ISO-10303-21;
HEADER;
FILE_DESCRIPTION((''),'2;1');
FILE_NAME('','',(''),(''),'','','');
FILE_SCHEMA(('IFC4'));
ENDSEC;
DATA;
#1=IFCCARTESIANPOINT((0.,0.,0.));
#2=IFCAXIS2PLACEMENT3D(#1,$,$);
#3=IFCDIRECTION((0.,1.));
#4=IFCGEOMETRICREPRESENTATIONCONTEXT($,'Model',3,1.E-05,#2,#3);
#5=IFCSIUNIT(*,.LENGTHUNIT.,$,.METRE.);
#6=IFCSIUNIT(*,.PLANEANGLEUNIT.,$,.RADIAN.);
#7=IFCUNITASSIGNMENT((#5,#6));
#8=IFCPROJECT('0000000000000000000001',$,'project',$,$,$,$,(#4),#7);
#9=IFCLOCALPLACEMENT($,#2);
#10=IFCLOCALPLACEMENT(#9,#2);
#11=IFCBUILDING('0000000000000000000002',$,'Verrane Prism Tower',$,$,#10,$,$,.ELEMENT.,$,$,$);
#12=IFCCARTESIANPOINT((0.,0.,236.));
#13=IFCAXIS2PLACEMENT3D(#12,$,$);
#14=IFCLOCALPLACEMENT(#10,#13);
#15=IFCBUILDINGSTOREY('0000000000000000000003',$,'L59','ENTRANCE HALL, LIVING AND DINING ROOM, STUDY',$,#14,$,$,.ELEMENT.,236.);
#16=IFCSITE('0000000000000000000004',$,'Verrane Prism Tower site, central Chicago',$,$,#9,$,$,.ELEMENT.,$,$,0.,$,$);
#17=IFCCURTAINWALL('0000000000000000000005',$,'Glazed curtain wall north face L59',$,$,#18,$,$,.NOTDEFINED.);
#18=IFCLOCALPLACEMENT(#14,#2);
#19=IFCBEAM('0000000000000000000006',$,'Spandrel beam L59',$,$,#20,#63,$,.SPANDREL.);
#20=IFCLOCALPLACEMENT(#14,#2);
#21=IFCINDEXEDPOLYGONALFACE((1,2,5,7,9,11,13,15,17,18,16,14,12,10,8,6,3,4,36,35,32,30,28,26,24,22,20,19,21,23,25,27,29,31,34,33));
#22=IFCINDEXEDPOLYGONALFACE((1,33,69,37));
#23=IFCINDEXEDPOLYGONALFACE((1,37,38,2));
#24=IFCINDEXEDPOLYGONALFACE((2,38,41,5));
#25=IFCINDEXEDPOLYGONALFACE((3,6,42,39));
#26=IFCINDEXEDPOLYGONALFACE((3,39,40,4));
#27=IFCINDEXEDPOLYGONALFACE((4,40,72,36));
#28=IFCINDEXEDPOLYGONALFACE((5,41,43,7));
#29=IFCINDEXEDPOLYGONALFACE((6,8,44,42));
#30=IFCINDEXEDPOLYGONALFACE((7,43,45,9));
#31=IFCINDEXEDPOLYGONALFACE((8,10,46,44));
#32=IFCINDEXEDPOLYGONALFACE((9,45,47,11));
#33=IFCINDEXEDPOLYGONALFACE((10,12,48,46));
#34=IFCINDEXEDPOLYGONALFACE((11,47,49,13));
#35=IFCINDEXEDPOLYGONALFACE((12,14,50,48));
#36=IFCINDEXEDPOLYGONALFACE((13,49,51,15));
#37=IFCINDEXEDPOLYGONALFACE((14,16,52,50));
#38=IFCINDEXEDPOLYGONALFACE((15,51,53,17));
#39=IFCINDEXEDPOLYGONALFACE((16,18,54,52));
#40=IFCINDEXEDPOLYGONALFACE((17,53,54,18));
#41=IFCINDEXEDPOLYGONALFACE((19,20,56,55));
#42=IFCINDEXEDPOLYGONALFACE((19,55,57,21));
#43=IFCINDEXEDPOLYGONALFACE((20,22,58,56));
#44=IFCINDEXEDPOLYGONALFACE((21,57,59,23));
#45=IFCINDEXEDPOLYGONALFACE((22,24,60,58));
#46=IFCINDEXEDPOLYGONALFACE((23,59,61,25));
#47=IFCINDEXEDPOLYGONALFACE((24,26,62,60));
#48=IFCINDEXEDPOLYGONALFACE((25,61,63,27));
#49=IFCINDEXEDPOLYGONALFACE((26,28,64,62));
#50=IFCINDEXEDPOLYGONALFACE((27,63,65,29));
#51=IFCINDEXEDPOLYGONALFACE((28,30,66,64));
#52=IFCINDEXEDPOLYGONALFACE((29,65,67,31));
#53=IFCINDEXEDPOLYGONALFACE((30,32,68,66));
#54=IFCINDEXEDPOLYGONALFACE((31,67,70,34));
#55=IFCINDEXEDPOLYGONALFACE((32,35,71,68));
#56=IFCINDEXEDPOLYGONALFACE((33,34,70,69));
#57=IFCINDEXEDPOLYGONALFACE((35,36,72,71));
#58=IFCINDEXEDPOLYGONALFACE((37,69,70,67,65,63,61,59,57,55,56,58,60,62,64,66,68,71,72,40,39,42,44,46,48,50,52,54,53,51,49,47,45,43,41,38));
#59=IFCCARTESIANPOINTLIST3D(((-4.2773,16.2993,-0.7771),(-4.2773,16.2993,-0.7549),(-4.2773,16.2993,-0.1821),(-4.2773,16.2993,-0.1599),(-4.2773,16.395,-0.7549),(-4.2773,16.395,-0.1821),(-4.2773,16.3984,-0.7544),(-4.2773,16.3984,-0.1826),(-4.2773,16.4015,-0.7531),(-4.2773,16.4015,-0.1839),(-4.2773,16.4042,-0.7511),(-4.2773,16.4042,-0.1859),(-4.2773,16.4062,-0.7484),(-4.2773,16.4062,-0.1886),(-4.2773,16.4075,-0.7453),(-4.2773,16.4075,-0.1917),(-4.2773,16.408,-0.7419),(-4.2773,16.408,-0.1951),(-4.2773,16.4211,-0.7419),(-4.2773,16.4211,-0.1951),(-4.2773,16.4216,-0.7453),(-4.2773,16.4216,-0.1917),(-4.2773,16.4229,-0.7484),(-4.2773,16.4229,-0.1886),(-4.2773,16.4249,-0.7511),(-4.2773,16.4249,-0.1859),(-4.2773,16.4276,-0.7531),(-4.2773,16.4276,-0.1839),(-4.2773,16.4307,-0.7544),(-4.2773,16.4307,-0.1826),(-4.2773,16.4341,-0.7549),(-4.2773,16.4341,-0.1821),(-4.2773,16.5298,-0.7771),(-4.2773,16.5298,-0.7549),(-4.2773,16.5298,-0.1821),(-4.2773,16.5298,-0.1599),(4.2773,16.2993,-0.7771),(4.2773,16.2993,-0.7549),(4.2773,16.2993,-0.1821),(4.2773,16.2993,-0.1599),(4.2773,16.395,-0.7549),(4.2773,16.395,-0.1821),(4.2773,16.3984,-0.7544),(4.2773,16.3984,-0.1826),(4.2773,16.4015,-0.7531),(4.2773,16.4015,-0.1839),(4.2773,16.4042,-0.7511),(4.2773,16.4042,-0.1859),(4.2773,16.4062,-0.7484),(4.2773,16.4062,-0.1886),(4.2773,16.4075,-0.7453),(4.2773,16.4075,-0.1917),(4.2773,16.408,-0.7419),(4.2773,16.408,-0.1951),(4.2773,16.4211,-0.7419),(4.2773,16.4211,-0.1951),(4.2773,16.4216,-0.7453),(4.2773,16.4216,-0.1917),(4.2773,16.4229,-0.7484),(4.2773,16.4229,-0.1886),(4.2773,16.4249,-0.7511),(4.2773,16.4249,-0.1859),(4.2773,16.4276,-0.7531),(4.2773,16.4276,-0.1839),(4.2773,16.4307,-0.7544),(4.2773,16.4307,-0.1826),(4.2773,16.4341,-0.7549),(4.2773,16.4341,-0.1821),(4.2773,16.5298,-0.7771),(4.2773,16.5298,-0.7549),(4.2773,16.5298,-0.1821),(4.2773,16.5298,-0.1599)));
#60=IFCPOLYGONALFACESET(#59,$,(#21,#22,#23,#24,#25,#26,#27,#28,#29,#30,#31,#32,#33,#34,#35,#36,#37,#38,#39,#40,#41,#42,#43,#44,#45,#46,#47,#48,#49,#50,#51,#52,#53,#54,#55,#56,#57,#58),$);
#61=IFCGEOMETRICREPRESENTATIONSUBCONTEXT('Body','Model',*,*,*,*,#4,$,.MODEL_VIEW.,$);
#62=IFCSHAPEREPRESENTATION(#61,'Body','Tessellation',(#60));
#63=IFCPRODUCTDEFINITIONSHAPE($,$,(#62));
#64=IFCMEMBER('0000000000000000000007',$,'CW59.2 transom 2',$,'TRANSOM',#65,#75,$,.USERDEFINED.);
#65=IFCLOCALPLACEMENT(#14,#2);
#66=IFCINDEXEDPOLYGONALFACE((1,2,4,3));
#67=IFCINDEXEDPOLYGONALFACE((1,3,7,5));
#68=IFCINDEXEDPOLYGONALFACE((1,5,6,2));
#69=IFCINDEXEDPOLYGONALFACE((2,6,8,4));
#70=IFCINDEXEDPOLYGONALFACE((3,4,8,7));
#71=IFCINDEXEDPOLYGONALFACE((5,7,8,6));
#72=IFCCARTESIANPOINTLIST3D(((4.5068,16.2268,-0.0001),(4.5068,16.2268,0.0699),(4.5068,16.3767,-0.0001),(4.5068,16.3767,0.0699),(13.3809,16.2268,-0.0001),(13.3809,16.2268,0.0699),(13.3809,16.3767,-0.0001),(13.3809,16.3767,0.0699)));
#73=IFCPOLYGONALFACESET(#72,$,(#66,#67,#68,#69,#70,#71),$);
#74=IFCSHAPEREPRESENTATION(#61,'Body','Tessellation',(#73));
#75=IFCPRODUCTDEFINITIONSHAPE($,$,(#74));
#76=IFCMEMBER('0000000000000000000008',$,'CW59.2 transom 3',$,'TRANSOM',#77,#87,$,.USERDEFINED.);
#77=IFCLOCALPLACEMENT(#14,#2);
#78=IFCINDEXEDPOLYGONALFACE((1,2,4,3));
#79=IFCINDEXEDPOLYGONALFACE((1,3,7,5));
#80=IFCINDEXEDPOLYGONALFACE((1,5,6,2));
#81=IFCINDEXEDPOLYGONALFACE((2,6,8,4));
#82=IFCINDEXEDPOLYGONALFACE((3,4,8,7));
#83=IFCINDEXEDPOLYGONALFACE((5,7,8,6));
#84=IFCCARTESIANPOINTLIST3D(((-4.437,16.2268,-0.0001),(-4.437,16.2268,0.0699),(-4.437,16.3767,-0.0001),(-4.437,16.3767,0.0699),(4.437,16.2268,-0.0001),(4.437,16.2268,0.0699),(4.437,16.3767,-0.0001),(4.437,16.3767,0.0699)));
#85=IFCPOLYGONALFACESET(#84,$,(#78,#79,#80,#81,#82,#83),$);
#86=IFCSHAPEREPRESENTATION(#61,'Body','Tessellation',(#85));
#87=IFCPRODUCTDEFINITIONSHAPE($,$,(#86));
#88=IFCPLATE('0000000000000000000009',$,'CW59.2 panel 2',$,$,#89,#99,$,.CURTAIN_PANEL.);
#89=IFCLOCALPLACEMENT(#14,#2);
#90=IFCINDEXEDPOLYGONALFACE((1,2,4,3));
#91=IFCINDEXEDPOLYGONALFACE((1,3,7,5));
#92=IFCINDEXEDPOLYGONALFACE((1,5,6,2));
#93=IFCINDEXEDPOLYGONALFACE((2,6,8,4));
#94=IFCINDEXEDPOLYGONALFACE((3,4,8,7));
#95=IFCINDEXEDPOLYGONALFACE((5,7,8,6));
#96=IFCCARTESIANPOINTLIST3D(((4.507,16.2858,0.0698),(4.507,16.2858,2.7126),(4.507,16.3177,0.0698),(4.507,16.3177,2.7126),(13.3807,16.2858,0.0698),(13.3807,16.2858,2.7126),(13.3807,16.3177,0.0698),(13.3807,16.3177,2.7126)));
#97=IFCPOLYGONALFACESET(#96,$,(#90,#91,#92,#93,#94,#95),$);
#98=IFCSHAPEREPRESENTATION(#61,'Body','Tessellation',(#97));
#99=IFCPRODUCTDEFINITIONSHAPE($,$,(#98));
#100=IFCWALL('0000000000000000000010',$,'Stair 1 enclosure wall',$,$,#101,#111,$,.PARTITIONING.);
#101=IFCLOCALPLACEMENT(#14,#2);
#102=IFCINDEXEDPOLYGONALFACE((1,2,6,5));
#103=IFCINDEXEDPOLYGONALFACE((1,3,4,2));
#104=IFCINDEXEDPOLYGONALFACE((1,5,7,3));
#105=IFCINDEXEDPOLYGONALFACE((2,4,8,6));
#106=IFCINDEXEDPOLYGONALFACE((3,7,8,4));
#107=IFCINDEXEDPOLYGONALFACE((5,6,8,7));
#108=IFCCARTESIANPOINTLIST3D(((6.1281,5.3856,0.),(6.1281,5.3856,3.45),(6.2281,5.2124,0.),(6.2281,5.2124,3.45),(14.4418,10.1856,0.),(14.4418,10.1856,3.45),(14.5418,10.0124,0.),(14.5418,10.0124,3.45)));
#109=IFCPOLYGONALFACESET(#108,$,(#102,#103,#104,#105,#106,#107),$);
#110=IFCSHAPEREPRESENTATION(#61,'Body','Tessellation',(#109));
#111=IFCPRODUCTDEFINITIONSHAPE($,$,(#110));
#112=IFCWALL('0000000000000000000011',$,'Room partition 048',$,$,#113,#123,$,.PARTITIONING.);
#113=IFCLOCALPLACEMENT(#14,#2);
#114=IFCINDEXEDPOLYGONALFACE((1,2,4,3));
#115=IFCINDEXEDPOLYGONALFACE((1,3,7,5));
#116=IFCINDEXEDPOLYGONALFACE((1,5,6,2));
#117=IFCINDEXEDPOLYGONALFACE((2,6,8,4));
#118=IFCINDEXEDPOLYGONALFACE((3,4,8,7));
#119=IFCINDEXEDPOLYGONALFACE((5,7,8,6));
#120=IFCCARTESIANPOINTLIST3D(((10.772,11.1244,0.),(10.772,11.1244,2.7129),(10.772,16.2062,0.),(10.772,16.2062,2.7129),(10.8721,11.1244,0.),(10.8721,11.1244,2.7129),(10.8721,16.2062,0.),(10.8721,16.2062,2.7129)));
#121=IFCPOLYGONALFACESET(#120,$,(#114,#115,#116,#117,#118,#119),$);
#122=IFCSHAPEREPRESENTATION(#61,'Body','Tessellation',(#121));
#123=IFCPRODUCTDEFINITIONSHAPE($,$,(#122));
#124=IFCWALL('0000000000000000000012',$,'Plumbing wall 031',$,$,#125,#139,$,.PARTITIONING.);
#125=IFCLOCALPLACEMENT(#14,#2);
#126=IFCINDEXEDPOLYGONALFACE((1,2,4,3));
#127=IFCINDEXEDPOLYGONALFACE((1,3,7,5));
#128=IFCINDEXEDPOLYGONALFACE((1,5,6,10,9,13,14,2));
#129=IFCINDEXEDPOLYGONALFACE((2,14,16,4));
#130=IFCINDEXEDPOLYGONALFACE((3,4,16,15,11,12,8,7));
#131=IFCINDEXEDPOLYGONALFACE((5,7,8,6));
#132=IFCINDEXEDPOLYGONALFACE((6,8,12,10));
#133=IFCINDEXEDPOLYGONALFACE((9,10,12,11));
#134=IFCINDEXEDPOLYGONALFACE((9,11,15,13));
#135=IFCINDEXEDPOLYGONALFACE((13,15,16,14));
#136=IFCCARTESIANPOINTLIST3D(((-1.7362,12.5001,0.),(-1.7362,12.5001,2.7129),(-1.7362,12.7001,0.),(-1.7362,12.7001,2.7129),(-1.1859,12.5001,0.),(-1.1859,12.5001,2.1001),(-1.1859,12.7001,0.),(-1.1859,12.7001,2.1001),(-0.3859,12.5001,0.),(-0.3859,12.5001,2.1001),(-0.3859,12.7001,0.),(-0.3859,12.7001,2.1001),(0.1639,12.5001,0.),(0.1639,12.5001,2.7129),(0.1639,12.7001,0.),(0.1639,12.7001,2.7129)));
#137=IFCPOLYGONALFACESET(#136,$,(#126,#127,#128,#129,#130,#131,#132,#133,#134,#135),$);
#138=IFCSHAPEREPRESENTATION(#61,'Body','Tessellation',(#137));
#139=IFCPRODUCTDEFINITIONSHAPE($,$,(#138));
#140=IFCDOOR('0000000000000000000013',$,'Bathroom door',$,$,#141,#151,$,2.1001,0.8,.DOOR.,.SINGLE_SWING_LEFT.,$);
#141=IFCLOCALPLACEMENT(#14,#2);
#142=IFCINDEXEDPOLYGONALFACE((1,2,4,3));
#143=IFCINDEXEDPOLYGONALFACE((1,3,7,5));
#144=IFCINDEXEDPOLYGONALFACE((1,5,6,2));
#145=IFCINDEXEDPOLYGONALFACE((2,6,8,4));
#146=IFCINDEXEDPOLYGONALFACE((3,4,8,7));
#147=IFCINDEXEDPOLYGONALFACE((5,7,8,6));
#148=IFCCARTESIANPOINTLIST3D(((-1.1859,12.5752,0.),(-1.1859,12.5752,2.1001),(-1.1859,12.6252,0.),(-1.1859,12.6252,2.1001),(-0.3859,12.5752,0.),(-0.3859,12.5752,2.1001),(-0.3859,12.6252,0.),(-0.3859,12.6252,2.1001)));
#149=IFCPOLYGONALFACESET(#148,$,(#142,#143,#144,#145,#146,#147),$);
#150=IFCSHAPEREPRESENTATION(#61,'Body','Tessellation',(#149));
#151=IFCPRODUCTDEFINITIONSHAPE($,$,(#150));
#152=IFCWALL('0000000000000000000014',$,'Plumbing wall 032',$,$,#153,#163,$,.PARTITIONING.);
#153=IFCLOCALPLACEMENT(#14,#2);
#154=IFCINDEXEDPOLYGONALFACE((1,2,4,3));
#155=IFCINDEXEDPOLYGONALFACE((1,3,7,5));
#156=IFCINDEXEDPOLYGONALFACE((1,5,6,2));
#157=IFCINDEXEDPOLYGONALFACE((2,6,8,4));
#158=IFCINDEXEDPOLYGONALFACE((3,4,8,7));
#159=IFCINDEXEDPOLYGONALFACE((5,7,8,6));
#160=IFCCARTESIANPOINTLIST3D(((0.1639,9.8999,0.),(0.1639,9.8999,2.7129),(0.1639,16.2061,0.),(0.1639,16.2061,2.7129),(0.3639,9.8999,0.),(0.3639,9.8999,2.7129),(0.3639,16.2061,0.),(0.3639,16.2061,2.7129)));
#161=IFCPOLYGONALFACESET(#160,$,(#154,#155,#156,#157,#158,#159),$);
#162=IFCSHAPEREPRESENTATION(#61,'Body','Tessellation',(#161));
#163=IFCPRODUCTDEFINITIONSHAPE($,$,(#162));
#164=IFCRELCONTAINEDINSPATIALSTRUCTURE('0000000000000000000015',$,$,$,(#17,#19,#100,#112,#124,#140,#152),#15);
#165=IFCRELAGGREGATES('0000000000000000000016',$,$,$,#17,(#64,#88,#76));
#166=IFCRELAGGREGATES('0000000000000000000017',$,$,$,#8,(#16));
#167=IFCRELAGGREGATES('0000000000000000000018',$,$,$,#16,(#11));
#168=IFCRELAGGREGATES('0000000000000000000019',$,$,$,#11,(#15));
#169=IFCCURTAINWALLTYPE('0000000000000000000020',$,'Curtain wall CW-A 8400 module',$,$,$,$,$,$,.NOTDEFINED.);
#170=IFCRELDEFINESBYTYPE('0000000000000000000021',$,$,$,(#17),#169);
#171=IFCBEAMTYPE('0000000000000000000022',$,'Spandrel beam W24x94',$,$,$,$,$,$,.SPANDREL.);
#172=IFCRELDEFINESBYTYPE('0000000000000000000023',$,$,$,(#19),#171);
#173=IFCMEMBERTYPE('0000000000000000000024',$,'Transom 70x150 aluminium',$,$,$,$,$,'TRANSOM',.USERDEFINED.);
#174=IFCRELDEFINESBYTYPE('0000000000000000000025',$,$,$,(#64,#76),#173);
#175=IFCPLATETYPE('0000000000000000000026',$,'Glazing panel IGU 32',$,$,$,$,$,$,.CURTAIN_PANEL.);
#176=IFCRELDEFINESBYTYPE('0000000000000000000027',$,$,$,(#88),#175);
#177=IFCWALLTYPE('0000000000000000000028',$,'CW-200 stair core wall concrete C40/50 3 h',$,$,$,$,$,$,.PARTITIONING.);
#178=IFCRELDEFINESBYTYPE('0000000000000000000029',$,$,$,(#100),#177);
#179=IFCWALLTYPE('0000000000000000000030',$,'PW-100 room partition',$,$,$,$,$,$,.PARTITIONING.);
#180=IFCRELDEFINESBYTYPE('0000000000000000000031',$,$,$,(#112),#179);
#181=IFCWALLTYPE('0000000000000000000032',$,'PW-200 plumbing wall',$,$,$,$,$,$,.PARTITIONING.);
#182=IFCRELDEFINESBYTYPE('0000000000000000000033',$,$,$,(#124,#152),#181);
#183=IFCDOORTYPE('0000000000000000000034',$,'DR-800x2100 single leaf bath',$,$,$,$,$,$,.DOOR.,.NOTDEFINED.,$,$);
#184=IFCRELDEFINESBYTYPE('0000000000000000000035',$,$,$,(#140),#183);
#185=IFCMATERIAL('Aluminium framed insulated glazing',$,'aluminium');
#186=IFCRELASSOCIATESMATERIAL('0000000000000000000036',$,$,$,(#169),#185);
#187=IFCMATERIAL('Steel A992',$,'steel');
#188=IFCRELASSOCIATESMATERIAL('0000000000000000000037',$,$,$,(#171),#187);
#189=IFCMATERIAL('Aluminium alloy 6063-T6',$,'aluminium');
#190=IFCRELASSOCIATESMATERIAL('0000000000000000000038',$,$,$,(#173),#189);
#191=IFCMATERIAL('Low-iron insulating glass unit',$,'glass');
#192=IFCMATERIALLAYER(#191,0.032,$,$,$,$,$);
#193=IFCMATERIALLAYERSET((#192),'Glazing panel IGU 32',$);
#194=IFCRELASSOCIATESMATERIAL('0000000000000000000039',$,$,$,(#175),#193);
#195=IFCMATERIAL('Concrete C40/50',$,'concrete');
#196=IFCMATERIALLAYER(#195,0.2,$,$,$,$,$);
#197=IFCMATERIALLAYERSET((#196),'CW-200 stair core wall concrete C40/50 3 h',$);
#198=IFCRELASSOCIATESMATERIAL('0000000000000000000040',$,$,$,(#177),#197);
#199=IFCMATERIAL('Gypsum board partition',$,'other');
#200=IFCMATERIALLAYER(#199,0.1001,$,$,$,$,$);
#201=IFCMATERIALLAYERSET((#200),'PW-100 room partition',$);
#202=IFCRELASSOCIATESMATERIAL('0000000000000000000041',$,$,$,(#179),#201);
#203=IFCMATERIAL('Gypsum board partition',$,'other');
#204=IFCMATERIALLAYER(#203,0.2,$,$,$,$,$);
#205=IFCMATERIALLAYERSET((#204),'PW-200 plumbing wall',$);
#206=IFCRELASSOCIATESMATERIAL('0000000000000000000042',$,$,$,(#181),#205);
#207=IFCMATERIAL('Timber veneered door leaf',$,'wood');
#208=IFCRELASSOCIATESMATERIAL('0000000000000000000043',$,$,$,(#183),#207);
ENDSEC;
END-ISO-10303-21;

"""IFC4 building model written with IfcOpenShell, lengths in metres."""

from ifc_helpers import new_model, si_unit, direction, frame, frame_2d, origin, origin_2d, place, context, subcontext, project, spatial, rectangle, i_section, extrude, material, layer, layer_set, material_profile, profile_set, type_object, element, fill, aggregate, save


model = new_model("IFC4")

# Units and contexts
model_context = context("Model", 3, precision=1e-05, world=origin(), true_north=direction((0.0, 1.0)))
body_context = subcontext(model_context, "Body", "Model", "MODEL_VIEW")
ifc_project = project(units=[si_unit("LENGTHUNIT", "METRE"), si_unit("PLANEANGLEUNIT", "RADIAN")], contexts=[model_context])

# Site, building, storey
site_placement = place(None, origin())
site = spatial("IfcSite", under=ifc_project, at=site_placement, Name="Verrane Prism Tower site, central Chicago", CompositionType="ELEMENT", RefElevation=0.0)
building_placement = place(site_placement, origin())
building = spatial("IfcBuilding", under=site, at=building_placement, Name="Verrane Prism Tower", CompositionType="ELEMENT")
storey_placement = place(building_placement, frame((0.0, 0.0, 236.0)))
storey = spatial("IfcBuildingStorey", under=building, at=storey_placement, Name="L59", Description="ENTRANCE HALL, LIVING AND DINING ROOM, STUDY", CompositionType="ELEMENT", Elevation=236.0)

# Curtain wall
ifc_material_1 = material(Name="Aluminium framed insulated glazing", Category="aluminium")
curtain_wall_type = type_object("IfcCurtainWallType", Name="Curtain wall CW-A 8400 module", PredefinedType="NOTDEFINED", material=ifc_material_1)
curtain_wall_placement = place(storey_placement, origin())
curtain_wall = element("IfcCurtainWall", 1, at=curtain_wall_placement, inside=storey, type_object=curtain_wall_type, Name="Glazed curtain wall north face L59", PredefinedType="NOTDEFINED")

# Beam
ifc_material_2 = material(Name="Steel A992", Category="steel")
ifc_material_profile_1 = material_profile(ifc_material_2, i_section(OverallWidth=0.2305, OverallDepth=0.6172, WebThickness=0.0132, FlangeThickness=0.0222, FilletRadius=0.0129, at=origin_2d()), Name="W24x94")
ifc_profile_set_1 = profile_set([ifc_material_profile_1], Name="Steel A992")
beam_type_1 = type_object("IfcBeamType", Name="Spandrel beam W24x94", PredefinedType="SPANDREL", material=ifc_profile_set_1)
beam_1_placement = place(storey_placement, frame((4.2773, 16.4146, -0.4685), z_axis=(-1.0, 0.0, 0.0), x_axis=(0.0, -1.0, 0.0)))
element("IfcBeam", 2, at=beam_1_placement, inside=storey, type_object=beam_type_1, Name="Spandrel beam L59", PredefinedType="SPANDREL", context=body_context, shape_type="SweptSolid", body=[
    extrude(i_section(OverallWidth=0.2305, OverallDepth=0.6172, WebThickness=0.0132, FlangeThickness=0.0222, FilletRadius=0.0129, at=origin_2d()), origin(), (0.0, 0.0, 1.0), 8.5547),
])

# Members
ifc_material_3 = material(Name="Aluminium alloy 6063-T6", Category="aluminium")
ifc_material_profile_2 = material_profile(ifc_material_3, rectangle(XDim=0.1499, YDim=0.0701, at=origin_2d()), Name="Transom 70x150 aluminium")
ifc_profile_set_2 = profile_set([ifc_material_profile_2], Name="Aluminium alloy 6063-T6")
member_type_1 = type_object("IfcMemberType", Name="Transom 70x150 aluminium", ElementType="TRANSOM", PredefinedType="USERDEFINED", material=ifc_profile_set_2)
member_1_placement = place(storey_placement, frame((13.3809, 16.3018, 0.0349), z_axis=(-1.0, 0.0, 0.0), x_axis=(0.0, -1.0, 0.0)))
member_1 = element("IfcMember", 3, at=member_1_placement, type_object=member_type_1, Name="CW59.2 transom 2", ObjectType="TRANSOM", PredefinedType="USERDEFINED", context=body_context, shape_type="SweptSolid", body=[
    extrude(rectangle(XDim=0.1499, YDim=0.0701, at=origin_2d()), origin(), (0.0, 0.0, 1.0), 8.874),
])
member_2_placement = place(storey_placement, frame((4.437, 16.3018, 0.0349), z_axis=(-1.0, 0.0, 0.0), x_axis=(0.0, -1.0, 0.0)))
member_2 = element("IfcMember", 4, at=member_2_placement, type_object=member_type_1, Name="CW59.2 transom 3", ObjectType="TRANSOM", PredefinedType="USERDEFINED", context=body_context, shape_type="SweptSolid", body=[
    extrude(rectangle(XDim=0.1499, YDim=0.0701, at=origin_2d()), origin(), (0.0, 0.0, 1.0), 8.874),
])

# Plate
ifc_material_4 = material(Name="Low-iron insulating glass unit", Category="glass")
ifc_layer_1 = layer(ifc_material_4, 0.032)
ifc_layer_set_1 = layer_set([ifc_layer_1], Name="Glazing panel IGU 32")
plate_type = type_object("IfcPlateType", Name="Glazing panel IGU 32", PredefinedType="CURTAIN_PANEL", material=ifc_layer_set_1)
plate_placement = place(storey_placement, frame((8.9438, 16.3018, 0.0698), z_axis=(0.0, 0.0, 1.0), x_axis=(-1.0, 0.0, 0.0)))
plate = element("IfcPlate", 5, at=plate_placement, type_object=plate_type, Name="CW59.2 panel 2", PredefinedType="CURTAIN_PANEL", context=body_context, shape_type="SweptSolid", body=[
    extrude(rectangle(XDim=8.8738, YDim=0.032, at=origin_2d()), origin(), (0.0, 0.0, 1.0), 2.6428),
])
aggregate(curtain_wall, [member_1, plate, member_2])

# Walls
ifc_material_5 = material(Name="Concrete C40/50", Category="concrete")
ifc_layer_2 = layer(ifc_material_5, 0.2)
ifc_layer_set_2 = layer_set([ifc_layer_2], Name="CW-200 stair core wall concrete C40/50 3 h")
wall_type_1 = type_object("IfcWallType", Name="CW-200 stair core wall concrete C40/50 3 h", PredefinedType="PARTITIONING", material=ifc_layer_set_2)
wall_1_placement = place(storey_placement, frame((6.1782, 5.2991, 0.0), z_axis=(0.0, 0.0, 1.0), x_axis=(0.86602, 0.500009, 0.0)))
element("IfcWall", 6, at=wall_1_placement, inside=storey, type_object=wall_type_1, Name="Stair 1 enclosure wall", PredefinedType="PARTITIONING", context=body_context, shape_type="SweptSolid", body=[
    extrude(rectangle(XDim=9.5999, YDim=0.2, at=frame_2d((4.7998, 0.0))), origin(), (0.0, 0.0, 1.0), 3.45),
])
ifc_material_6 = material(Name="Gypsum board partition", Category="other")
ifc_layer_3 = layer(ifc_material_6, 0.1001)
ifc_layer_set_3 = layer_set([ifc_layer_3], Name="PW-100 room partition")
wall_type_2 = type_object("IfcWallType", Name="PW-100 room partition", PredefinedType="PARTITIONING", material=ifc_layer_set_3)
wall_2_placement = place(storey_placement, frame((10.822, 11.1243, 0.0), z_axis=(0.0, 0.0, 1.0), x_axis=(0.0, 1.0, 0.0)))
element("IfcWall", 7, at=wall_2_placement, inside=storey, type_object=wall_type_2, Name="Room partition 048", PredefinedType="PARTITIONING", context=body_context, shape_type="SweptSolid", body=[
    extrude(rectangle(XDim=5.0818, YDim=0.1001, at=frame_2d((2.541, 0.0))), origin(), (0.0, 0.0, 1.0), 2.7129),
])

# Wall, opening, door
ifc_material_7 = material(Name="Gypsum board partition", Category="other")
ifc_layer_4 = layer(ifc_material_7, 0.2)
ifc_layer_set_4 = layer_set([ifc_layer_4], Name="PW-200 plumbing wall")
wall_type_3 = type_object("IfcWallType", Name="PW-200 plumbing wall", PredefinedType="PARTITIONING", material=ifc_layer_set_4)
wall_3_placement = place(storey_placement, frame((0.1641, 12.6001, 0.0), z_axis=(0.0, 0.0, 1.0), x_axis=(-1.0, 0.0, 0.0)))
wall_3 = element("IfcWall", 8, at=wall_3_placement, inside=storey, type_object=wall_type_3, Name="Plumbing wall 031", PredefinedType="PARTITIONING", context=body_context, shape_type="SweptSolid", body=[
    extrude(rectangle(XDim=1.9001, YDim=0.2, at=frame_2d((0.9502, 0.0))), origin(), (0.0, 0.0, 1.0), 2.7129),
])
opening_1_placement = place(wall_3_placement, frame((0.55, 0.0, 0.0)))
opening_1 = element("IfcOpeningElement", 9, at=opening_1_placement, cuts=wall_3, PredefinedType="OPENING", context=body_context, shape_type="SweptSolid", body=[
    extrude(rectangle(XDim=0.8, YDim=2.1001, at=frame_2d((0.3999, 1.05))), frame((0.0, 0.1099, 0.0), z_axis=(0.0, -1.0, 0.0), x_axis=(1.0, 0.0, 0.0)), (0.0, 0.0, 1.0), 0.22),
])
ifc_material_8 = material(Name="Timber veneered door leaf", Category="wood")
door_type_1 = type_object("IfcDoorType", Name="DR-800x2100 single leaf bath", OperationType="NOTDEFINED", PredefinedType="DOOR", material=ifc_material_8)
door_1_placement = place(opening_1_placement, origin())
door_1 = element("IfcDoor", 10, at=door_1_placement, inside=storey, type_object=door_type_1, Name="Bathroom door", OperationType="SINGLE_SWING_LEFT", OverallHeight=2.1001, OverallWidth=0.8, PredefinedType="DOOR", context=body_context, shape_type="SweptSolid", body=[
    extrude(rectangle(XDim=0.8, YDim=2.1001, at=frame_2d((0.3999, 1.05))), frame((0.0, 0.0249, 0.0), z_axis=(0.0, -1.0, 0.0), x_axis=(1.0, 0.0, 0.0)), (0.0, 0.0, 1.0), 0.05),
])
fill(opening_1, door_1)

# Wall
wall_4_placement = place(storey_placement, frame((0.2639, 9.8999, 0.0), z_axis=(0.0, 0.0, 1.0), x_axis=(0.0, 1.0, 0.0)))
element("IfcWall", 11, at=wall_4_placement, inside=storey, type_object=wall_type_3, Name="Plumbing wall 032", PredefinedType="PARTITIONING", context=body_context, shape_type="SweptSolid", body=[
    extrude(rectangle(XDim=6.3062, YDim=0.2, at=frame_2d((3.1531, 0.0))), origin(), (0.0, 0.0, 1.0), 2.7129),
])

save(model, "model.ifc")
